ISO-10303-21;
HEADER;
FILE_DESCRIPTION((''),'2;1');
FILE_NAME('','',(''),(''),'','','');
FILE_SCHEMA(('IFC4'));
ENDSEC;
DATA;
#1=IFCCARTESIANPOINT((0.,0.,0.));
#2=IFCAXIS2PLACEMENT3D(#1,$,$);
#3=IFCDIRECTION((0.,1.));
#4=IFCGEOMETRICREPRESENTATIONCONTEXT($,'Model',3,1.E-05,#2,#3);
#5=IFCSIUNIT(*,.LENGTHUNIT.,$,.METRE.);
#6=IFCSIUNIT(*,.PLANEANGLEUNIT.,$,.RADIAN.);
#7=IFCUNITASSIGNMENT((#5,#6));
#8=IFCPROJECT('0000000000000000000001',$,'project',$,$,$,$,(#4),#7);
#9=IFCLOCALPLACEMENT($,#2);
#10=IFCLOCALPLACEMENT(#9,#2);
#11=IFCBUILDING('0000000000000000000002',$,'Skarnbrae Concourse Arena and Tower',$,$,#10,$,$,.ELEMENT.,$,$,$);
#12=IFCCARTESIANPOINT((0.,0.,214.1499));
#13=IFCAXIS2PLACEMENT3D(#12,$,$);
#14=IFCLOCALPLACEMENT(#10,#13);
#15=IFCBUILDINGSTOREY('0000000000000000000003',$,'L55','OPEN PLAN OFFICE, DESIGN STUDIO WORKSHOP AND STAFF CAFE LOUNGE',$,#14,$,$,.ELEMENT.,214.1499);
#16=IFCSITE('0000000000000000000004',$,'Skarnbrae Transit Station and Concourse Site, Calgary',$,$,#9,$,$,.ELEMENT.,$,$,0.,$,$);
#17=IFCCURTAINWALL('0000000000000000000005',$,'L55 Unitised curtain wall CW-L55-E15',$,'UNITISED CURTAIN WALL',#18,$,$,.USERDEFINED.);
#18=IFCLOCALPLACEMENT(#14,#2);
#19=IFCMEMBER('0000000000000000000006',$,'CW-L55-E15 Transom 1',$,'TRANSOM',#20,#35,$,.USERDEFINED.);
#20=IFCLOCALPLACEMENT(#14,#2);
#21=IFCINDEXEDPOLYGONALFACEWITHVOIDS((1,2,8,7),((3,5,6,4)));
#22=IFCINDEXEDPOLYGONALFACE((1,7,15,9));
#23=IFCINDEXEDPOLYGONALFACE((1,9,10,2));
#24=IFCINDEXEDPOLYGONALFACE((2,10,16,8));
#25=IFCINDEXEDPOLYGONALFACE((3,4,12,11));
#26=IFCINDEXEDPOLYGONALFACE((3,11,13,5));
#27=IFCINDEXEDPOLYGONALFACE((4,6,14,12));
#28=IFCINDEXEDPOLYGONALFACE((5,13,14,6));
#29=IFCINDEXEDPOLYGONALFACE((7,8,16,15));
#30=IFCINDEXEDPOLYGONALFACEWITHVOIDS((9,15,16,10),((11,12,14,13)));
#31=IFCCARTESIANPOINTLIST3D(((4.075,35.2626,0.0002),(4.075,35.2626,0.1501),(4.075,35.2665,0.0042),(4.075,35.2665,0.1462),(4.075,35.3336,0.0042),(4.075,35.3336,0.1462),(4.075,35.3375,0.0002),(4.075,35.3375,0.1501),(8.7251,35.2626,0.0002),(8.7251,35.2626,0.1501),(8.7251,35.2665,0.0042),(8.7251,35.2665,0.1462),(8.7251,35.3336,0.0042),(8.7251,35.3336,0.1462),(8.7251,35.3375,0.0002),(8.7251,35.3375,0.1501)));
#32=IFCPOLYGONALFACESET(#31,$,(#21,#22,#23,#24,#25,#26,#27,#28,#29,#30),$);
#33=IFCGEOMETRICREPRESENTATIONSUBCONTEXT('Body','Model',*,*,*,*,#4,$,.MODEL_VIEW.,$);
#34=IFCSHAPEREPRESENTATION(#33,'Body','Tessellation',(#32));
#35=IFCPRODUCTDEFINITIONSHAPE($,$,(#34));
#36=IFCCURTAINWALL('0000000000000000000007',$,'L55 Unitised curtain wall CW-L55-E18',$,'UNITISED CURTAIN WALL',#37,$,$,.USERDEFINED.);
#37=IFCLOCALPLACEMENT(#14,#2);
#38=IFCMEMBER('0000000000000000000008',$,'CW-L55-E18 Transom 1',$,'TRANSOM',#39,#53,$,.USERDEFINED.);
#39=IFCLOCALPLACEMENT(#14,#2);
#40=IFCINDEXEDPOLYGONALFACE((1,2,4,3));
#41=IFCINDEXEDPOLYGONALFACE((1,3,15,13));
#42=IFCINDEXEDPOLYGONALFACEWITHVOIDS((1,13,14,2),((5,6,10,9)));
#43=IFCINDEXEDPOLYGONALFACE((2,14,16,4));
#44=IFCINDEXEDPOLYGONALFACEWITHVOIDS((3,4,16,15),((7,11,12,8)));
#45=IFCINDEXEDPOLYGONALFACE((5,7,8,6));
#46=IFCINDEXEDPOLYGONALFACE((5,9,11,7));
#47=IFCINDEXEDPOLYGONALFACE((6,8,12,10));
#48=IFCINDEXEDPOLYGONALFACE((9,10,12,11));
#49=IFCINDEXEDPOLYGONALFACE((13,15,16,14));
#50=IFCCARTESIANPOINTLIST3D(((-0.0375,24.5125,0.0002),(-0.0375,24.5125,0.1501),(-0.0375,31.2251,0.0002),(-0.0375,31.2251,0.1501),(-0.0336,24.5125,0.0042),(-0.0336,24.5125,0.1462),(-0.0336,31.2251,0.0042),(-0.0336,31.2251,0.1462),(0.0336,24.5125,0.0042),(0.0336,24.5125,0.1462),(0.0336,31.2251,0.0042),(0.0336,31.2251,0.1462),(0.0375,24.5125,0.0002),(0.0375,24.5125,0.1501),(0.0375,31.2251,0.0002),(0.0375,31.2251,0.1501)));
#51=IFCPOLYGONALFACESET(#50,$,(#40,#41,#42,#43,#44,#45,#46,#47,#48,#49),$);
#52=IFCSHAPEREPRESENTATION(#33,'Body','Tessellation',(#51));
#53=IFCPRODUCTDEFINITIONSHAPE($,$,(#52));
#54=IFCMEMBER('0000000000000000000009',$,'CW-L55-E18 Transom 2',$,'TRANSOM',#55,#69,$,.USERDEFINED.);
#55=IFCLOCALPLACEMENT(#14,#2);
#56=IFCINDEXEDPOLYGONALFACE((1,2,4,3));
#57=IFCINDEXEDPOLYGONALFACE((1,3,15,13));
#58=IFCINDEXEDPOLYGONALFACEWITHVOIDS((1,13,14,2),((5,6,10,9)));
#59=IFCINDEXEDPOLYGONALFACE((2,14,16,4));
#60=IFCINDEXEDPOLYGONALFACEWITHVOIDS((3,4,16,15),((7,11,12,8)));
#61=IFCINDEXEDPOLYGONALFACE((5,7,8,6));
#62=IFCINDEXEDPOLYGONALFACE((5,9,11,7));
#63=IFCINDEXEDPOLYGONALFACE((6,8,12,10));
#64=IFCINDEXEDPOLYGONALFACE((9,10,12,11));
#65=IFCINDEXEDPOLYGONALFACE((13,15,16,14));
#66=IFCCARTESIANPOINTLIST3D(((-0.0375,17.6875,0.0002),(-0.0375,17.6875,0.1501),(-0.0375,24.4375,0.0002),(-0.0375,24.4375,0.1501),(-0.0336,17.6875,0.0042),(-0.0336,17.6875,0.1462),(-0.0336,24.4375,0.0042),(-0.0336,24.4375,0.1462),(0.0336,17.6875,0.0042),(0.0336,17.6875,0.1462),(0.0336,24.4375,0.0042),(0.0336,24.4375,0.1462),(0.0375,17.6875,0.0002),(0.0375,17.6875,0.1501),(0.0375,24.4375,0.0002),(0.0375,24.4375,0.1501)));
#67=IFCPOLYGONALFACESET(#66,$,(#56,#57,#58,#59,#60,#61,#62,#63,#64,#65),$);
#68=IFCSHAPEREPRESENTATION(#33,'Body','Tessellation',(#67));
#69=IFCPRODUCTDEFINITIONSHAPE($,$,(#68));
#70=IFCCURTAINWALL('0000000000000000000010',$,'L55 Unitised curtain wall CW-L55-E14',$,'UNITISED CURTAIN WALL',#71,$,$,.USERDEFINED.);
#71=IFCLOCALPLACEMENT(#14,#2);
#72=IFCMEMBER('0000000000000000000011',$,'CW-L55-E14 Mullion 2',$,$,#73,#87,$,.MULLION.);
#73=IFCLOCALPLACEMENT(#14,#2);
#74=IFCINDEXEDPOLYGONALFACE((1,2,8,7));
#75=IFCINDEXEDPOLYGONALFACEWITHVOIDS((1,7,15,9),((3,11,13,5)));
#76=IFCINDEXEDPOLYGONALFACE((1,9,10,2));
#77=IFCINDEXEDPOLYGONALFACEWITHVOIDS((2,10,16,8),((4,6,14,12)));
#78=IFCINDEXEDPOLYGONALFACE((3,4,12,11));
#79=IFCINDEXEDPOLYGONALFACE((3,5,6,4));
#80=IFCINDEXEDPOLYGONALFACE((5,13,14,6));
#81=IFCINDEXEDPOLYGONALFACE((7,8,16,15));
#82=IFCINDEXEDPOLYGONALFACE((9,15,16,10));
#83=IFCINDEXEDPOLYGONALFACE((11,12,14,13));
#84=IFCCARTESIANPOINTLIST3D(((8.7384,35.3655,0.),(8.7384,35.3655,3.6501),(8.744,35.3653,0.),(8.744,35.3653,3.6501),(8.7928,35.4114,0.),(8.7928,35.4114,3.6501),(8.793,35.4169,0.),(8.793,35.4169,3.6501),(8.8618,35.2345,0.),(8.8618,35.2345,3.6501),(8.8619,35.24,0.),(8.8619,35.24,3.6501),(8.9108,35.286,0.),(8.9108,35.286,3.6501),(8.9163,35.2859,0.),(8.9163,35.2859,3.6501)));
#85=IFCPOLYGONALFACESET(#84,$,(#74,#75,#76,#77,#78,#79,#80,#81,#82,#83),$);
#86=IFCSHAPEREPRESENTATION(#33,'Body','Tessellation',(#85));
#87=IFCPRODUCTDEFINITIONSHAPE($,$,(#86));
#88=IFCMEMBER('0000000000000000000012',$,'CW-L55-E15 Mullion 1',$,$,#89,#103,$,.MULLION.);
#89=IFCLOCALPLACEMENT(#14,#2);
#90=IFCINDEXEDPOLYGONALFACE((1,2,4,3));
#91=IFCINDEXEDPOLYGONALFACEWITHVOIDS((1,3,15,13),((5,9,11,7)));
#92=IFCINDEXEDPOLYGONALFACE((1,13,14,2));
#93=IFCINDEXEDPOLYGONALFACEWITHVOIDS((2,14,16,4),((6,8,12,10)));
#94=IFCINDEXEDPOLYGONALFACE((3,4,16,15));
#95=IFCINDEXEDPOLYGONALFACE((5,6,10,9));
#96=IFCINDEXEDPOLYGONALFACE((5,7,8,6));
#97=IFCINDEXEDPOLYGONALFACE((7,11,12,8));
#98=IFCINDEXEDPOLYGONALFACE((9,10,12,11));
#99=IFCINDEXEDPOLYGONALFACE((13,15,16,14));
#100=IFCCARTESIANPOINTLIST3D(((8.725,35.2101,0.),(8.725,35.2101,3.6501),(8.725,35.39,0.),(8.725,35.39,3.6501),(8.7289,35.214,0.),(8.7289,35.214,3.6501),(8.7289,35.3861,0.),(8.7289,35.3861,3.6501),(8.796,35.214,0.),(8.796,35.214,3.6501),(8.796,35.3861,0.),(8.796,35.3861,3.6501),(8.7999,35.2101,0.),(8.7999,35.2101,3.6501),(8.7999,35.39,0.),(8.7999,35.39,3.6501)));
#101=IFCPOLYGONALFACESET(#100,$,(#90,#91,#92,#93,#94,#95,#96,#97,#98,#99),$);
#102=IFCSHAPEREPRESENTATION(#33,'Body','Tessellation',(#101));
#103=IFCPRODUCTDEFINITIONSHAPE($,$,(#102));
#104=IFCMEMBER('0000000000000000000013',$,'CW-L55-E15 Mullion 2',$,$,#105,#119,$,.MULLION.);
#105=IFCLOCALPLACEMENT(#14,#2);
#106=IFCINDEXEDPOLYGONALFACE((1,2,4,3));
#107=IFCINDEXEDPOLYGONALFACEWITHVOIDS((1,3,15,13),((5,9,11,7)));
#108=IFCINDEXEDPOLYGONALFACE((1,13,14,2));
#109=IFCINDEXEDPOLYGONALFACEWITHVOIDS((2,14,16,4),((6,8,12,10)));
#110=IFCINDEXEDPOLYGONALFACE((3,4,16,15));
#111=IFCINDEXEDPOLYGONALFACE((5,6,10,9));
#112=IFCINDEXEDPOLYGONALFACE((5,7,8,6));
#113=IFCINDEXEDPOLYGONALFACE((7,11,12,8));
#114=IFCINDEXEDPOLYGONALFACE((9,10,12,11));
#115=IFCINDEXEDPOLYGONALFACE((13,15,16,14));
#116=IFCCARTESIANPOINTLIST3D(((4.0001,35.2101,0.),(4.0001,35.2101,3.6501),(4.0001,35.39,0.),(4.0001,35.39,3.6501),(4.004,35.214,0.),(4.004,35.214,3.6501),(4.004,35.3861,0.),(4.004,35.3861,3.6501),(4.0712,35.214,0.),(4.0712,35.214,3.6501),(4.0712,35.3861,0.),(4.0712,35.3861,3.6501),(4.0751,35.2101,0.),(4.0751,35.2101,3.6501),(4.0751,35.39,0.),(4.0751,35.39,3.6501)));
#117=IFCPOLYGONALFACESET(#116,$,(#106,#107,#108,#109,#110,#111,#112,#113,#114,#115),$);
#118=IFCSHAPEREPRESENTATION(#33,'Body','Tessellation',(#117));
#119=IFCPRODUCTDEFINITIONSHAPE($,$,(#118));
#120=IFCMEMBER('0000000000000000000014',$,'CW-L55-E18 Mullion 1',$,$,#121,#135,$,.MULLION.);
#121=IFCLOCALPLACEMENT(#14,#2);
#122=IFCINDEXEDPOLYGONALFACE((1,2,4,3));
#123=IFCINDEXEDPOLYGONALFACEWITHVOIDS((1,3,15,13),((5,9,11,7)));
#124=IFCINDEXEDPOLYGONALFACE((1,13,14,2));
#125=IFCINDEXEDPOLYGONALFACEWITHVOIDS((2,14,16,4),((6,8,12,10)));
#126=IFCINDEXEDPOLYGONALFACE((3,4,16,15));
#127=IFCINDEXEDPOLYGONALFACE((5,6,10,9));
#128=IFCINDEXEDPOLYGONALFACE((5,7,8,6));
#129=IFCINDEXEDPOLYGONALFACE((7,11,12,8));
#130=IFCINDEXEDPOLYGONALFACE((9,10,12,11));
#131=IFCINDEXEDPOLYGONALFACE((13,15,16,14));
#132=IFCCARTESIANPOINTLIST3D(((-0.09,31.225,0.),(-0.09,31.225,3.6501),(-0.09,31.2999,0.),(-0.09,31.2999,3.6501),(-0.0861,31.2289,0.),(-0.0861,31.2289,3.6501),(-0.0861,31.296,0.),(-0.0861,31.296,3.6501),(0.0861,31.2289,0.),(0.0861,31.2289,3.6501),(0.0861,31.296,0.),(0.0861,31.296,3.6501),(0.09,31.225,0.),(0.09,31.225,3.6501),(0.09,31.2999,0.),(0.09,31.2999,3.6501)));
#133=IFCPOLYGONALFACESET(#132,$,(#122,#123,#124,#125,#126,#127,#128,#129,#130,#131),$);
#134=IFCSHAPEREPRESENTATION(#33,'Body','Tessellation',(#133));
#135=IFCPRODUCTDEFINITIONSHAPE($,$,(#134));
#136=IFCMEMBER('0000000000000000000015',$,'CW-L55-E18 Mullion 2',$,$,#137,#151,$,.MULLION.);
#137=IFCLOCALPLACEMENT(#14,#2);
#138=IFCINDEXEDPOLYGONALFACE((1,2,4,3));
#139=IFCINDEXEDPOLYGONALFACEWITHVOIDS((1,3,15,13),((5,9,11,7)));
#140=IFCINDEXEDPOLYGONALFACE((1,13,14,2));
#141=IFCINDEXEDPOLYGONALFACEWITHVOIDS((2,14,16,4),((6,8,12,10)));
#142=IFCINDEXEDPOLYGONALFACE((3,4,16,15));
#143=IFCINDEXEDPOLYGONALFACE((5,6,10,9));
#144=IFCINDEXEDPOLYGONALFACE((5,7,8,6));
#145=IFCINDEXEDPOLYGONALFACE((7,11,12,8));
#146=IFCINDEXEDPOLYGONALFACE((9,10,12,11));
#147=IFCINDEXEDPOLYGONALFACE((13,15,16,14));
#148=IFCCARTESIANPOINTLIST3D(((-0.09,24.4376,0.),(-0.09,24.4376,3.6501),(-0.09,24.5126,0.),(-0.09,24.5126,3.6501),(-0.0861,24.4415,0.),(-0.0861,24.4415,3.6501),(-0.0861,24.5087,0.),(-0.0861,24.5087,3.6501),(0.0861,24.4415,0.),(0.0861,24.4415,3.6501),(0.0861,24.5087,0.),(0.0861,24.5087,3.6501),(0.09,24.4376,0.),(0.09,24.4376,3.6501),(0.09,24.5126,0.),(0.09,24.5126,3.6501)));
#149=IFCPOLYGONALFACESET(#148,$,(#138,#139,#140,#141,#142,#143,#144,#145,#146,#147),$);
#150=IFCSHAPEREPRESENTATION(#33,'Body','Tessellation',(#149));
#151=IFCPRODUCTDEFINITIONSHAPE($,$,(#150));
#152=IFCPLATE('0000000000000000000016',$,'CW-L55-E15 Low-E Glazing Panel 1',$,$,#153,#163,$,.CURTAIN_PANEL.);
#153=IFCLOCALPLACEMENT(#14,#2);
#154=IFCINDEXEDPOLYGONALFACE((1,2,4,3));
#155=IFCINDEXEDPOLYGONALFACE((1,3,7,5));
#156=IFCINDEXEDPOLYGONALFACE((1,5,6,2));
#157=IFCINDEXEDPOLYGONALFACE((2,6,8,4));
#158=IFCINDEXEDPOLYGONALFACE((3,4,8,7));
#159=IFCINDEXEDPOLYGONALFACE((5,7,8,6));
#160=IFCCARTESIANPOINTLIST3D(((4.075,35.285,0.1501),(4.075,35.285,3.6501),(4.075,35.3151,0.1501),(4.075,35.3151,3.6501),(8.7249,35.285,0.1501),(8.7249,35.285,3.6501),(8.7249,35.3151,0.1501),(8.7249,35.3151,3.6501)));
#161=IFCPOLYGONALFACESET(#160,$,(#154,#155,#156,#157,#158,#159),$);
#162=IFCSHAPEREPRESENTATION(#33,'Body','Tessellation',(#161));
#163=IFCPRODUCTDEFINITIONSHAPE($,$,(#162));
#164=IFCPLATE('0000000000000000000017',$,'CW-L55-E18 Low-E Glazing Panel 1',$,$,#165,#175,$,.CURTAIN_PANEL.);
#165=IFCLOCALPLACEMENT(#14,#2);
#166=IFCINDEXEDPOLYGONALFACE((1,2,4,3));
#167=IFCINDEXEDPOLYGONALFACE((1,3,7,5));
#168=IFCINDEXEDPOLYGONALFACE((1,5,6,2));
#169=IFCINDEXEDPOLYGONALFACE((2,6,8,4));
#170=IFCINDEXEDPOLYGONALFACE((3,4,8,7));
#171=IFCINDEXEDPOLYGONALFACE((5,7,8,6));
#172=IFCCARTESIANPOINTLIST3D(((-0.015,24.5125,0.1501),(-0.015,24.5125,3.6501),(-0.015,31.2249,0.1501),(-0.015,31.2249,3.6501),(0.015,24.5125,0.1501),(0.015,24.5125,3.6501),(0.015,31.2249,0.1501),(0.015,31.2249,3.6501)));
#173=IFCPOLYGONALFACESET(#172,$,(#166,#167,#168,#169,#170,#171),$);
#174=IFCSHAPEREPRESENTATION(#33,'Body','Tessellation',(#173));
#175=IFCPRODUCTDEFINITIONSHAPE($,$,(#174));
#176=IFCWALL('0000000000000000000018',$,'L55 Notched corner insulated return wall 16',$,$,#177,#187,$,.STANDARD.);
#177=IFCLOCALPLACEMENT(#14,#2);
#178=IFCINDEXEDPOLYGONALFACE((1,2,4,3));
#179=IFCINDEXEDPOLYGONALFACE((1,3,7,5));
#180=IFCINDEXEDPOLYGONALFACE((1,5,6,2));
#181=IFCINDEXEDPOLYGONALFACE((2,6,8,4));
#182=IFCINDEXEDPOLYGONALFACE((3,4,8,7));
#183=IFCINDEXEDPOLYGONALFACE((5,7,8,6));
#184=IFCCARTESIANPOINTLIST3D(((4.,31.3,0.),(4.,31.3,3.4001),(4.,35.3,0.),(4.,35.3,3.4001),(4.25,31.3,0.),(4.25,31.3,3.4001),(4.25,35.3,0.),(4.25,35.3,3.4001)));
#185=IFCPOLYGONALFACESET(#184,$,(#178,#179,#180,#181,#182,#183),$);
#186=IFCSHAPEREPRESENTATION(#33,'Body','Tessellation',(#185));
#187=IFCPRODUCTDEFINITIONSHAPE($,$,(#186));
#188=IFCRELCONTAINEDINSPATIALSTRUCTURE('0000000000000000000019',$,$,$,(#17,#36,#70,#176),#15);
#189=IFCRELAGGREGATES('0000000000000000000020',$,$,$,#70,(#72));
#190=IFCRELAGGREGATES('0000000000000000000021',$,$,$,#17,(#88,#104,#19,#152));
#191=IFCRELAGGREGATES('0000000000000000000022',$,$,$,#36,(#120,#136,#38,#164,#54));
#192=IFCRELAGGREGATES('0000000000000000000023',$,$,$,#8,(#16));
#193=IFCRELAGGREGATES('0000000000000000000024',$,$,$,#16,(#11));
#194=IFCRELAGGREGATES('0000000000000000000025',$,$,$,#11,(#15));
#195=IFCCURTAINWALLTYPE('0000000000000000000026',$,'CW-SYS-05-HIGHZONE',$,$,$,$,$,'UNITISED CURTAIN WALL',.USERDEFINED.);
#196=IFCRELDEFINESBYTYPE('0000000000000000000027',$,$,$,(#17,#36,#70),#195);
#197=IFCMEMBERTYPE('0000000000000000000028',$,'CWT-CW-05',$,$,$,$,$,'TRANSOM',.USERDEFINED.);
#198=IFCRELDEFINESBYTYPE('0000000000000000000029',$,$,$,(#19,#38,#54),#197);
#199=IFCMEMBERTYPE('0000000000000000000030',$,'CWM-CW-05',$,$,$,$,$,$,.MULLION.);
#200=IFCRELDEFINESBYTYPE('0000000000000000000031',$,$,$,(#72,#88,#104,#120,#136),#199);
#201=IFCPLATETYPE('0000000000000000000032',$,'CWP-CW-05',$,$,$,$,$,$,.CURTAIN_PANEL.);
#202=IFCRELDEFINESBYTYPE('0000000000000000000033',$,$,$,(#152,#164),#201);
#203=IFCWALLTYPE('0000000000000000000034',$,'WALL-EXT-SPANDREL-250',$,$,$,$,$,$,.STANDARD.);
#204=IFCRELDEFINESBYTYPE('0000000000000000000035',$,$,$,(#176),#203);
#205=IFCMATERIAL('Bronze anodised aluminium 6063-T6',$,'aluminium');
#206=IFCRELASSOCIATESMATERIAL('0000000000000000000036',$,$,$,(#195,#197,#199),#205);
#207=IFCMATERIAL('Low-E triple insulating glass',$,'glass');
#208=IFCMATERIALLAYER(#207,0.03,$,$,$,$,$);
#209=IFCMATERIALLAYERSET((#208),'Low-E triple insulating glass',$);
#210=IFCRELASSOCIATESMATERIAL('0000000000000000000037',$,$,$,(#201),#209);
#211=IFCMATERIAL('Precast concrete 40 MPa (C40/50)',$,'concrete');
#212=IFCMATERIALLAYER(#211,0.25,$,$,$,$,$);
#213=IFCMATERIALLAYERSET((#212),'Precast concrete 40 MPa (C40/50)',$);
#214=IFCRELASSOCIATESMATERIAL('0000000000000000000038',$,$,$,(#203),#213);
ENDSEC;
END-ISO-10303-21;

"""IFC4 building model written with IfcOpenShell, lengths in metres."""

from ifc_helpers import new_model, si_unit, direction, frame, frame_2d, origin, origin_2d, place, context, subcontext, project, spatial, rectangle, hollow_rectangle, extrude, source, transform, mapped, material, layer, layer_set, material_profile, profile_set, type_object, element, aggregate, save


model = new_model("IFC4")

# Units and contexts
model_context = context("Model", 3, precision=1e-05, world=origin(), true_north=direction((0.0, 1.0)))
body_context = subcontext(model_context, "Body", "Model", "MODEL_VIEW")
ifc_project = project(units=[si_unit("LENGTHUNIT", "METRE"), si_unit("PLANEANGLEUNIT", "RADIAN")], contexts=[model_context])

# Site, building, storey
site_placement = place(None, origin())
site = spatial("IfcSite", under=ifc_project, at=site_placement, Name="Skarnbrae Transit Station and Concourse Site, Calgary", CompositionType="ELEMENT", RefElevation=0.0)
building_placement = place(site_placement, origin())
building = spatial("IfcBuilding", under=site, at=building_placement, Name="Skarnbrae Concourse Arena and Tower", CompositionType="ELEMENT")
storey_placement = place(building_placement, frame((0.0, 0.0, 214.1499)))
storey = spatial("IfcBuildingStorey", under=building, at=storey_placement, Name="L55", Description="OPEN PLAN OFFICE, DESIGN STUDIO WORKSHOP AND STAFF CAFE LOUNGE", CompositionType="ELEMENT", Elevation=214.1499)

# Curtain wall, member
ifc_material_1 = material(Name="Bronze anodised aluminium 6063-T6", Category="aluminium")
curtain_wall_type = type_object("IfcCurtainWallType", Name="CW-SYS-05-HIGHZONE", ElementType="UNITISED CURTAIN WALL", PredefinedType="USERDEFINED", material=ifc_material_1)
curtain_wall_1_placement = place(storey_placement, origin())
curtain_wall_1 = element("IfcCurtainWall", 1, at=curtain_wall_1_placement, inside=storey, type_object=curtain_wall_type, Name="L55 Unitised curtain wall CW-L55-E15", ObjectType="UNITISED CURTAIN WALL", PredefinedType="USERDEFINED")
ifc_material_profile_1 = material_profile(ifc_material_1, hollow_rectangle(XDim=0.075, YDim=0.1499, WallThickness=0.0039, at=origin_2d()), Name="ALU-TRAN-75X150")
ifc_profile_set_1 = profile_set([ifc_material_profile_1], Name="Bronze anodised aluminium 6063-T6")
member_type_1 = type_object("IfcMemberType", Name="CWT-CW-05", ElementType="TRANSOM", PredefinedType="USERDEFINED", material=ifc_profile_set_1)
shared_shape_1 = source(origin(), body_context, "Body", "SweptSolid", [
    extrude(hollow_rectangle(XDim=0.075, YDim=0.1499, WallThickness=0.0039, at=origin_2d()), origin(), (0.0, 0.0, 1.0), 4.6501),
])
member_1_placement = place(storey_placement, frame((8.7251, 35.3, 0.0752), z_axis=(-1.0, 0.0, 0.0), x_axis=(0.0, -1.0, 0.0)))
member_1 = element("IfcMember", 2, at=member_1_placement, type_object=member_type_1, Name="CW-L55-E15 Transom 1", ObjectType="TRANSOM", PredefinedType="USERDEFINED", context=body_context, shape_type="MappedRepresentation", body=[
    mapped(shared_shape_1, transform((0.0, 0.0, 0.0))),
])

# Curtain wall, members
curtain_wall_2_placement = place(storey_placement, origin())
curtain_wall_2 = element("IfcCurtainWall", 3, at=curtain_wall_2_placement, inside=storey, type_object=curtain_wall_type, Name="L55 Unitised curtain wall CW-L55-E18", ObjectType="UNITISED CURTAIN WALL", PredefinedType="USERDEFINED")
shared_shape_2 = source(origin(), body_context, "Body", "SweptSolid", [
    extrude(hollow_rectangle(XDim=0.075, YDim=0.1499, WallThickness=0.0039, at=origin_2d()), origin(), (0.0, 0.0, 1.0), 6.7126),
])
member_2_placement = place(storey_placement, frame((0.0, 31.2251, 0.0752), z_axis=(0.0, -1.0, 0.0), x_axis=(1.0, 0.0, 0.0)))
member_2 = element("IfcMember", 4, at=member_2_placement, type_object=member_type_1, Name="CW-L55-E18 Transom 1", ObjectType="TRANSOM", PredefinedType="USERDEFINED", context=body_context, shape_type="MappedRepresentation", body=[
    mapped(shared_shape_2, transform((0.0, 0.0, 0.0))),
])
shared_shape_3 = source(origin(), body_context, "Body", "SweptSolid", [
    extrude(hollow_rectangle(XDim=0.075, YDim=0.1499, WallThickness=0.0039, at=origin_2d()), origin(), (0.0, 0.0, 1.0), 6.75),
])
member_3_placement = place(storey_placement, frame((0.0, 24.4375, 0.0752), z_axis=(0.0, -1.0, 0.0), x_axis=(1.0, 0.0, 0.0)))
member_3 = element("IfcMember", 5, at=member_3_placement, type_object=member_type_1, Name="CW-L55-E18 Transom 2", ObjectType="TRANSOM", PredefinedType="USERDEFINED", context=body_context, shape_type="MappedRepresentation", body=[
    mapped(shared_shape_3, transform((0.0, 0.0, 0.0))),
])

# Curtain wall, member
curtain_wall_3_placement = place(storey_placement, origin())
curtain_wall_3 = element("IfcCurtainWall", 6, at=curtain_wall_3_placement, inside=storey, type_object=curtain_wall_type, Name="L55 Unitised curtain wall CW-L55-E14", ObjectType="UNITISED CURTAIN WALL", PredefinedType="USERDEFINED")
ifc_material_profile_2 = material_profile(ifc_material_1, hollow_rectangle(XDim=0.075, YDim=0.1799, WallThickness=0.0039, at=origin_2d()), Name="ALU-MULL-75X180")
ifc_profile_set_2 = profile_set([ifc_material_profile_2], Name="Bronze anodised aluminium 6063-T6")
member_type_2 = type_object("IfcMemberType", Name="CWM-CW-05", PredefinedType="MULLION", material=ifc_profile_set_2)
shared_shape_4 = source(origin(), body_context, "Body", "SweptSolid", [
    extrude(hollow_rectangle(XDim=0.075, YDim=0.1799, WallThickness=0.0039, at=origin_2d()), origin(), (0.0, 0.0, 1.0), 3.6501),
])
member_4_placement = place(storey_placement, frame((8.8274, 35.3257, 0.0), z_axis=(0.0, 0.0, 1.0), x_axis=(-0.728131, -0.685438, 0.0)))
member_4 = element("IfcMember", 7, at=member_4_placement, type_object=member_type_2, Name="CW-L55-E14 Mullion 2", PredefinedType="MULLION", context=body_context, shape_type="MappedRepresentation", body=[
    mapped(shared_shape_4, transform((0.0, 0.0, 0.0))),
])
aggregate(curtain_wall_3, [member_4])

# Members
member_5_placement = place(storey_placement, frame((8.7625, 35.3, 0.0), z_axis=(0.0, 0.0, 1.0), x_axis=(-1.0, 0.0, 0.0)))
member_5 = element("IfcMember", 8, at=member_5_placement, type_object=member_type_2, Name="CW-L55-E15 Mullion 1", PredefinedType="MULLION", context=body_context, shape_type="MappedRepresentation", body=[
    mapped(shared_shape_4, transform((0.0, 0.0, 0.0))),
])
member_6_placement = place(storey_placement, frame((4.0376, 35.3, 0.0), z_axis=(0.0, 0.0, 1.0), x_axis=(-1.0, 0.0, 0.0)))
member_6 = element("IfcMember", 9, at=member_6_placement, type_object=member_type_2, Name="CW-L55-E15 Mullion 2", PredefinedType="MULLION", context=body_context, shape_type="MappedRepresentation", body=[
    mapped(shared_shape_4, transform((0.0, 0.0, 0.0))),
])
member_7_placement = place(storey_placement, frame((0.0, 31.2625, 0.0), z_axis=(0.0, 0.0, 1.0), x_axis=(0.0, -1.0, 0.0)))
member_7 = element("IfcMember", 10, at=member_7_placement, type_object=member_type_2, Name="CW-L55-E18 Mullion 1", PredefinedType="MULLION", context=body_context, shape_type="MappedRepresentation", body=[
    mapped(shared_shape_4, transform((0.0, 0.0, 0.0))),
])
member_8_placement = place(storey_placement, frame((0.0, 24.4751, 0.0), z_axis=(0.0, 0.0, 1.0), x_axis=(0.0, -1.0, 0.0)))
member_8 = element("IfcMember", 11, at=member_8_placement, type_object=member_type_2, Name="CW-L55-E18 Mullion 2", PredefinedType="MULLION", context=body_context, shape_type="MappedRepresentation", body=[
    mapped(shared_shape_4, transform((0.0, 0.0, 0.0))),
])

# Plates
ifc_material_2 = material(Name="Low-E triple insulating glass", Category="glass")
ifc_layer_1 = layer(ifc_material_2, 0.03)
ifc_layer_set_1 = layer_set([ifc_layer_1], Name="Low-E triple insulating glass")
plate_type = type_object("IfcPlateType", Name="CWP-CW-05", PredefinedType="CURTAIN_PANEL", material=ifc_layer_set_1)
shared_shape_5 = source(origin(), body_context, "Body", "SweptSolid", [
    extrude(rectangle(XDim=4.6499, YDim=0.03, at=origin_2d()), origin(), (0.0, 0.0, 1.0), 3.5),
])
plate_1_placement = place(storey_placement, frame((6.3999, 35.3, 0.1501), z_axis=(0.0, 0.0, 1.0), x_axis=(-1.0, 0.0, 0.0)))
plate_1 = element("IfcPlate", 12, at=plate_1_placement, type_object=plate_type, Name="CW-L55-E15 Low-E Glazing Panel 1", PredefinedType="CURTAIN_PANEL", context=body_context, shape_type="MappedRepresentation", body=[
    mapped(shared_shape_5, transform((0.0, 0.0, 0.0))),
])
aggregate(curtain_wall_1, [member_5, member_6, member_1, plate_1])
shared_shape_6 = source(origin(), body_context, "Body", "SweptSolid", [
    extrude(rectangle(XDim=6.7124, YDim=0.03, at=origin_2d()), origin(), (0.0, 0.0, 1.0), 3.5),
])
plate_2_placement = place(storey_placement, frame((0.0, 27.8687, 0.1501), z_axis=(0.0, 0.0, 1.0), x_axis=(0.0, -1.0, 0.0)))
plate_2 = element("IfcPlate", 13, at=plate_2_placement, type_object=plate_type, Name="CW-L55-E18 Low-E Glazing Panel 1", PredefinedType="CURTAIN_PANEL", context=body_context, shape_type="MappedRepresentation", body=[
    mapped(shared_shape_6, transform((0.0, 0.0, 0.0))),
])
aggregate(curtain_wall_2, [member_7, member_8, member_2, plate_2, member_3])

# Wall
ifc_material_3 = material(Name="Precast concrete 40 MPa (C40/50)", Category="concrete")
ifc_layer_2 = layer(ifc_material_3, 0.25)
ifc_layer_set_2 = layer_set([ifc_layer_2], Name="Precast concrete 40 MPa (C40/50)")
wall_type_1 = type_object("IfcWallType", Name="WALL-EXT-SPANDREL-250", PredefinedType="STANDARD", material=ifc_layer_set_2)
shared_shape_7 = source(origin(), body_context, "Body", "SweptSolid", [
    extrude(rectangle(XDim=4.0, YDim=0.25, at=frame_2d((2.0, 0.0))), origin(), (0.0, 0.0, 1.0), 3.4001),
])
for number, where, z_axis, x_axis, name in (
    (14, (4.125, 35.3, 0.0), (0.0, 0.0, 1.0), (0.0, -1.0, 0.0), "L55 Notched corner insulated return wall 16"),
):
    element("IfcWall", number, at=place(storey_placement, frame(where, z_axis=z_axis, x_axis=x_axis)), inside=storey, type_object=wall_type_1, Name=name, PredefinedType="STANDARD", context=body_context, shape_type="MappedRepresentation", body=[
        mapped(shared_shape_7, transform((0.0, 0.0, 0.0))),
    ])

save(model, "model.ifc")
